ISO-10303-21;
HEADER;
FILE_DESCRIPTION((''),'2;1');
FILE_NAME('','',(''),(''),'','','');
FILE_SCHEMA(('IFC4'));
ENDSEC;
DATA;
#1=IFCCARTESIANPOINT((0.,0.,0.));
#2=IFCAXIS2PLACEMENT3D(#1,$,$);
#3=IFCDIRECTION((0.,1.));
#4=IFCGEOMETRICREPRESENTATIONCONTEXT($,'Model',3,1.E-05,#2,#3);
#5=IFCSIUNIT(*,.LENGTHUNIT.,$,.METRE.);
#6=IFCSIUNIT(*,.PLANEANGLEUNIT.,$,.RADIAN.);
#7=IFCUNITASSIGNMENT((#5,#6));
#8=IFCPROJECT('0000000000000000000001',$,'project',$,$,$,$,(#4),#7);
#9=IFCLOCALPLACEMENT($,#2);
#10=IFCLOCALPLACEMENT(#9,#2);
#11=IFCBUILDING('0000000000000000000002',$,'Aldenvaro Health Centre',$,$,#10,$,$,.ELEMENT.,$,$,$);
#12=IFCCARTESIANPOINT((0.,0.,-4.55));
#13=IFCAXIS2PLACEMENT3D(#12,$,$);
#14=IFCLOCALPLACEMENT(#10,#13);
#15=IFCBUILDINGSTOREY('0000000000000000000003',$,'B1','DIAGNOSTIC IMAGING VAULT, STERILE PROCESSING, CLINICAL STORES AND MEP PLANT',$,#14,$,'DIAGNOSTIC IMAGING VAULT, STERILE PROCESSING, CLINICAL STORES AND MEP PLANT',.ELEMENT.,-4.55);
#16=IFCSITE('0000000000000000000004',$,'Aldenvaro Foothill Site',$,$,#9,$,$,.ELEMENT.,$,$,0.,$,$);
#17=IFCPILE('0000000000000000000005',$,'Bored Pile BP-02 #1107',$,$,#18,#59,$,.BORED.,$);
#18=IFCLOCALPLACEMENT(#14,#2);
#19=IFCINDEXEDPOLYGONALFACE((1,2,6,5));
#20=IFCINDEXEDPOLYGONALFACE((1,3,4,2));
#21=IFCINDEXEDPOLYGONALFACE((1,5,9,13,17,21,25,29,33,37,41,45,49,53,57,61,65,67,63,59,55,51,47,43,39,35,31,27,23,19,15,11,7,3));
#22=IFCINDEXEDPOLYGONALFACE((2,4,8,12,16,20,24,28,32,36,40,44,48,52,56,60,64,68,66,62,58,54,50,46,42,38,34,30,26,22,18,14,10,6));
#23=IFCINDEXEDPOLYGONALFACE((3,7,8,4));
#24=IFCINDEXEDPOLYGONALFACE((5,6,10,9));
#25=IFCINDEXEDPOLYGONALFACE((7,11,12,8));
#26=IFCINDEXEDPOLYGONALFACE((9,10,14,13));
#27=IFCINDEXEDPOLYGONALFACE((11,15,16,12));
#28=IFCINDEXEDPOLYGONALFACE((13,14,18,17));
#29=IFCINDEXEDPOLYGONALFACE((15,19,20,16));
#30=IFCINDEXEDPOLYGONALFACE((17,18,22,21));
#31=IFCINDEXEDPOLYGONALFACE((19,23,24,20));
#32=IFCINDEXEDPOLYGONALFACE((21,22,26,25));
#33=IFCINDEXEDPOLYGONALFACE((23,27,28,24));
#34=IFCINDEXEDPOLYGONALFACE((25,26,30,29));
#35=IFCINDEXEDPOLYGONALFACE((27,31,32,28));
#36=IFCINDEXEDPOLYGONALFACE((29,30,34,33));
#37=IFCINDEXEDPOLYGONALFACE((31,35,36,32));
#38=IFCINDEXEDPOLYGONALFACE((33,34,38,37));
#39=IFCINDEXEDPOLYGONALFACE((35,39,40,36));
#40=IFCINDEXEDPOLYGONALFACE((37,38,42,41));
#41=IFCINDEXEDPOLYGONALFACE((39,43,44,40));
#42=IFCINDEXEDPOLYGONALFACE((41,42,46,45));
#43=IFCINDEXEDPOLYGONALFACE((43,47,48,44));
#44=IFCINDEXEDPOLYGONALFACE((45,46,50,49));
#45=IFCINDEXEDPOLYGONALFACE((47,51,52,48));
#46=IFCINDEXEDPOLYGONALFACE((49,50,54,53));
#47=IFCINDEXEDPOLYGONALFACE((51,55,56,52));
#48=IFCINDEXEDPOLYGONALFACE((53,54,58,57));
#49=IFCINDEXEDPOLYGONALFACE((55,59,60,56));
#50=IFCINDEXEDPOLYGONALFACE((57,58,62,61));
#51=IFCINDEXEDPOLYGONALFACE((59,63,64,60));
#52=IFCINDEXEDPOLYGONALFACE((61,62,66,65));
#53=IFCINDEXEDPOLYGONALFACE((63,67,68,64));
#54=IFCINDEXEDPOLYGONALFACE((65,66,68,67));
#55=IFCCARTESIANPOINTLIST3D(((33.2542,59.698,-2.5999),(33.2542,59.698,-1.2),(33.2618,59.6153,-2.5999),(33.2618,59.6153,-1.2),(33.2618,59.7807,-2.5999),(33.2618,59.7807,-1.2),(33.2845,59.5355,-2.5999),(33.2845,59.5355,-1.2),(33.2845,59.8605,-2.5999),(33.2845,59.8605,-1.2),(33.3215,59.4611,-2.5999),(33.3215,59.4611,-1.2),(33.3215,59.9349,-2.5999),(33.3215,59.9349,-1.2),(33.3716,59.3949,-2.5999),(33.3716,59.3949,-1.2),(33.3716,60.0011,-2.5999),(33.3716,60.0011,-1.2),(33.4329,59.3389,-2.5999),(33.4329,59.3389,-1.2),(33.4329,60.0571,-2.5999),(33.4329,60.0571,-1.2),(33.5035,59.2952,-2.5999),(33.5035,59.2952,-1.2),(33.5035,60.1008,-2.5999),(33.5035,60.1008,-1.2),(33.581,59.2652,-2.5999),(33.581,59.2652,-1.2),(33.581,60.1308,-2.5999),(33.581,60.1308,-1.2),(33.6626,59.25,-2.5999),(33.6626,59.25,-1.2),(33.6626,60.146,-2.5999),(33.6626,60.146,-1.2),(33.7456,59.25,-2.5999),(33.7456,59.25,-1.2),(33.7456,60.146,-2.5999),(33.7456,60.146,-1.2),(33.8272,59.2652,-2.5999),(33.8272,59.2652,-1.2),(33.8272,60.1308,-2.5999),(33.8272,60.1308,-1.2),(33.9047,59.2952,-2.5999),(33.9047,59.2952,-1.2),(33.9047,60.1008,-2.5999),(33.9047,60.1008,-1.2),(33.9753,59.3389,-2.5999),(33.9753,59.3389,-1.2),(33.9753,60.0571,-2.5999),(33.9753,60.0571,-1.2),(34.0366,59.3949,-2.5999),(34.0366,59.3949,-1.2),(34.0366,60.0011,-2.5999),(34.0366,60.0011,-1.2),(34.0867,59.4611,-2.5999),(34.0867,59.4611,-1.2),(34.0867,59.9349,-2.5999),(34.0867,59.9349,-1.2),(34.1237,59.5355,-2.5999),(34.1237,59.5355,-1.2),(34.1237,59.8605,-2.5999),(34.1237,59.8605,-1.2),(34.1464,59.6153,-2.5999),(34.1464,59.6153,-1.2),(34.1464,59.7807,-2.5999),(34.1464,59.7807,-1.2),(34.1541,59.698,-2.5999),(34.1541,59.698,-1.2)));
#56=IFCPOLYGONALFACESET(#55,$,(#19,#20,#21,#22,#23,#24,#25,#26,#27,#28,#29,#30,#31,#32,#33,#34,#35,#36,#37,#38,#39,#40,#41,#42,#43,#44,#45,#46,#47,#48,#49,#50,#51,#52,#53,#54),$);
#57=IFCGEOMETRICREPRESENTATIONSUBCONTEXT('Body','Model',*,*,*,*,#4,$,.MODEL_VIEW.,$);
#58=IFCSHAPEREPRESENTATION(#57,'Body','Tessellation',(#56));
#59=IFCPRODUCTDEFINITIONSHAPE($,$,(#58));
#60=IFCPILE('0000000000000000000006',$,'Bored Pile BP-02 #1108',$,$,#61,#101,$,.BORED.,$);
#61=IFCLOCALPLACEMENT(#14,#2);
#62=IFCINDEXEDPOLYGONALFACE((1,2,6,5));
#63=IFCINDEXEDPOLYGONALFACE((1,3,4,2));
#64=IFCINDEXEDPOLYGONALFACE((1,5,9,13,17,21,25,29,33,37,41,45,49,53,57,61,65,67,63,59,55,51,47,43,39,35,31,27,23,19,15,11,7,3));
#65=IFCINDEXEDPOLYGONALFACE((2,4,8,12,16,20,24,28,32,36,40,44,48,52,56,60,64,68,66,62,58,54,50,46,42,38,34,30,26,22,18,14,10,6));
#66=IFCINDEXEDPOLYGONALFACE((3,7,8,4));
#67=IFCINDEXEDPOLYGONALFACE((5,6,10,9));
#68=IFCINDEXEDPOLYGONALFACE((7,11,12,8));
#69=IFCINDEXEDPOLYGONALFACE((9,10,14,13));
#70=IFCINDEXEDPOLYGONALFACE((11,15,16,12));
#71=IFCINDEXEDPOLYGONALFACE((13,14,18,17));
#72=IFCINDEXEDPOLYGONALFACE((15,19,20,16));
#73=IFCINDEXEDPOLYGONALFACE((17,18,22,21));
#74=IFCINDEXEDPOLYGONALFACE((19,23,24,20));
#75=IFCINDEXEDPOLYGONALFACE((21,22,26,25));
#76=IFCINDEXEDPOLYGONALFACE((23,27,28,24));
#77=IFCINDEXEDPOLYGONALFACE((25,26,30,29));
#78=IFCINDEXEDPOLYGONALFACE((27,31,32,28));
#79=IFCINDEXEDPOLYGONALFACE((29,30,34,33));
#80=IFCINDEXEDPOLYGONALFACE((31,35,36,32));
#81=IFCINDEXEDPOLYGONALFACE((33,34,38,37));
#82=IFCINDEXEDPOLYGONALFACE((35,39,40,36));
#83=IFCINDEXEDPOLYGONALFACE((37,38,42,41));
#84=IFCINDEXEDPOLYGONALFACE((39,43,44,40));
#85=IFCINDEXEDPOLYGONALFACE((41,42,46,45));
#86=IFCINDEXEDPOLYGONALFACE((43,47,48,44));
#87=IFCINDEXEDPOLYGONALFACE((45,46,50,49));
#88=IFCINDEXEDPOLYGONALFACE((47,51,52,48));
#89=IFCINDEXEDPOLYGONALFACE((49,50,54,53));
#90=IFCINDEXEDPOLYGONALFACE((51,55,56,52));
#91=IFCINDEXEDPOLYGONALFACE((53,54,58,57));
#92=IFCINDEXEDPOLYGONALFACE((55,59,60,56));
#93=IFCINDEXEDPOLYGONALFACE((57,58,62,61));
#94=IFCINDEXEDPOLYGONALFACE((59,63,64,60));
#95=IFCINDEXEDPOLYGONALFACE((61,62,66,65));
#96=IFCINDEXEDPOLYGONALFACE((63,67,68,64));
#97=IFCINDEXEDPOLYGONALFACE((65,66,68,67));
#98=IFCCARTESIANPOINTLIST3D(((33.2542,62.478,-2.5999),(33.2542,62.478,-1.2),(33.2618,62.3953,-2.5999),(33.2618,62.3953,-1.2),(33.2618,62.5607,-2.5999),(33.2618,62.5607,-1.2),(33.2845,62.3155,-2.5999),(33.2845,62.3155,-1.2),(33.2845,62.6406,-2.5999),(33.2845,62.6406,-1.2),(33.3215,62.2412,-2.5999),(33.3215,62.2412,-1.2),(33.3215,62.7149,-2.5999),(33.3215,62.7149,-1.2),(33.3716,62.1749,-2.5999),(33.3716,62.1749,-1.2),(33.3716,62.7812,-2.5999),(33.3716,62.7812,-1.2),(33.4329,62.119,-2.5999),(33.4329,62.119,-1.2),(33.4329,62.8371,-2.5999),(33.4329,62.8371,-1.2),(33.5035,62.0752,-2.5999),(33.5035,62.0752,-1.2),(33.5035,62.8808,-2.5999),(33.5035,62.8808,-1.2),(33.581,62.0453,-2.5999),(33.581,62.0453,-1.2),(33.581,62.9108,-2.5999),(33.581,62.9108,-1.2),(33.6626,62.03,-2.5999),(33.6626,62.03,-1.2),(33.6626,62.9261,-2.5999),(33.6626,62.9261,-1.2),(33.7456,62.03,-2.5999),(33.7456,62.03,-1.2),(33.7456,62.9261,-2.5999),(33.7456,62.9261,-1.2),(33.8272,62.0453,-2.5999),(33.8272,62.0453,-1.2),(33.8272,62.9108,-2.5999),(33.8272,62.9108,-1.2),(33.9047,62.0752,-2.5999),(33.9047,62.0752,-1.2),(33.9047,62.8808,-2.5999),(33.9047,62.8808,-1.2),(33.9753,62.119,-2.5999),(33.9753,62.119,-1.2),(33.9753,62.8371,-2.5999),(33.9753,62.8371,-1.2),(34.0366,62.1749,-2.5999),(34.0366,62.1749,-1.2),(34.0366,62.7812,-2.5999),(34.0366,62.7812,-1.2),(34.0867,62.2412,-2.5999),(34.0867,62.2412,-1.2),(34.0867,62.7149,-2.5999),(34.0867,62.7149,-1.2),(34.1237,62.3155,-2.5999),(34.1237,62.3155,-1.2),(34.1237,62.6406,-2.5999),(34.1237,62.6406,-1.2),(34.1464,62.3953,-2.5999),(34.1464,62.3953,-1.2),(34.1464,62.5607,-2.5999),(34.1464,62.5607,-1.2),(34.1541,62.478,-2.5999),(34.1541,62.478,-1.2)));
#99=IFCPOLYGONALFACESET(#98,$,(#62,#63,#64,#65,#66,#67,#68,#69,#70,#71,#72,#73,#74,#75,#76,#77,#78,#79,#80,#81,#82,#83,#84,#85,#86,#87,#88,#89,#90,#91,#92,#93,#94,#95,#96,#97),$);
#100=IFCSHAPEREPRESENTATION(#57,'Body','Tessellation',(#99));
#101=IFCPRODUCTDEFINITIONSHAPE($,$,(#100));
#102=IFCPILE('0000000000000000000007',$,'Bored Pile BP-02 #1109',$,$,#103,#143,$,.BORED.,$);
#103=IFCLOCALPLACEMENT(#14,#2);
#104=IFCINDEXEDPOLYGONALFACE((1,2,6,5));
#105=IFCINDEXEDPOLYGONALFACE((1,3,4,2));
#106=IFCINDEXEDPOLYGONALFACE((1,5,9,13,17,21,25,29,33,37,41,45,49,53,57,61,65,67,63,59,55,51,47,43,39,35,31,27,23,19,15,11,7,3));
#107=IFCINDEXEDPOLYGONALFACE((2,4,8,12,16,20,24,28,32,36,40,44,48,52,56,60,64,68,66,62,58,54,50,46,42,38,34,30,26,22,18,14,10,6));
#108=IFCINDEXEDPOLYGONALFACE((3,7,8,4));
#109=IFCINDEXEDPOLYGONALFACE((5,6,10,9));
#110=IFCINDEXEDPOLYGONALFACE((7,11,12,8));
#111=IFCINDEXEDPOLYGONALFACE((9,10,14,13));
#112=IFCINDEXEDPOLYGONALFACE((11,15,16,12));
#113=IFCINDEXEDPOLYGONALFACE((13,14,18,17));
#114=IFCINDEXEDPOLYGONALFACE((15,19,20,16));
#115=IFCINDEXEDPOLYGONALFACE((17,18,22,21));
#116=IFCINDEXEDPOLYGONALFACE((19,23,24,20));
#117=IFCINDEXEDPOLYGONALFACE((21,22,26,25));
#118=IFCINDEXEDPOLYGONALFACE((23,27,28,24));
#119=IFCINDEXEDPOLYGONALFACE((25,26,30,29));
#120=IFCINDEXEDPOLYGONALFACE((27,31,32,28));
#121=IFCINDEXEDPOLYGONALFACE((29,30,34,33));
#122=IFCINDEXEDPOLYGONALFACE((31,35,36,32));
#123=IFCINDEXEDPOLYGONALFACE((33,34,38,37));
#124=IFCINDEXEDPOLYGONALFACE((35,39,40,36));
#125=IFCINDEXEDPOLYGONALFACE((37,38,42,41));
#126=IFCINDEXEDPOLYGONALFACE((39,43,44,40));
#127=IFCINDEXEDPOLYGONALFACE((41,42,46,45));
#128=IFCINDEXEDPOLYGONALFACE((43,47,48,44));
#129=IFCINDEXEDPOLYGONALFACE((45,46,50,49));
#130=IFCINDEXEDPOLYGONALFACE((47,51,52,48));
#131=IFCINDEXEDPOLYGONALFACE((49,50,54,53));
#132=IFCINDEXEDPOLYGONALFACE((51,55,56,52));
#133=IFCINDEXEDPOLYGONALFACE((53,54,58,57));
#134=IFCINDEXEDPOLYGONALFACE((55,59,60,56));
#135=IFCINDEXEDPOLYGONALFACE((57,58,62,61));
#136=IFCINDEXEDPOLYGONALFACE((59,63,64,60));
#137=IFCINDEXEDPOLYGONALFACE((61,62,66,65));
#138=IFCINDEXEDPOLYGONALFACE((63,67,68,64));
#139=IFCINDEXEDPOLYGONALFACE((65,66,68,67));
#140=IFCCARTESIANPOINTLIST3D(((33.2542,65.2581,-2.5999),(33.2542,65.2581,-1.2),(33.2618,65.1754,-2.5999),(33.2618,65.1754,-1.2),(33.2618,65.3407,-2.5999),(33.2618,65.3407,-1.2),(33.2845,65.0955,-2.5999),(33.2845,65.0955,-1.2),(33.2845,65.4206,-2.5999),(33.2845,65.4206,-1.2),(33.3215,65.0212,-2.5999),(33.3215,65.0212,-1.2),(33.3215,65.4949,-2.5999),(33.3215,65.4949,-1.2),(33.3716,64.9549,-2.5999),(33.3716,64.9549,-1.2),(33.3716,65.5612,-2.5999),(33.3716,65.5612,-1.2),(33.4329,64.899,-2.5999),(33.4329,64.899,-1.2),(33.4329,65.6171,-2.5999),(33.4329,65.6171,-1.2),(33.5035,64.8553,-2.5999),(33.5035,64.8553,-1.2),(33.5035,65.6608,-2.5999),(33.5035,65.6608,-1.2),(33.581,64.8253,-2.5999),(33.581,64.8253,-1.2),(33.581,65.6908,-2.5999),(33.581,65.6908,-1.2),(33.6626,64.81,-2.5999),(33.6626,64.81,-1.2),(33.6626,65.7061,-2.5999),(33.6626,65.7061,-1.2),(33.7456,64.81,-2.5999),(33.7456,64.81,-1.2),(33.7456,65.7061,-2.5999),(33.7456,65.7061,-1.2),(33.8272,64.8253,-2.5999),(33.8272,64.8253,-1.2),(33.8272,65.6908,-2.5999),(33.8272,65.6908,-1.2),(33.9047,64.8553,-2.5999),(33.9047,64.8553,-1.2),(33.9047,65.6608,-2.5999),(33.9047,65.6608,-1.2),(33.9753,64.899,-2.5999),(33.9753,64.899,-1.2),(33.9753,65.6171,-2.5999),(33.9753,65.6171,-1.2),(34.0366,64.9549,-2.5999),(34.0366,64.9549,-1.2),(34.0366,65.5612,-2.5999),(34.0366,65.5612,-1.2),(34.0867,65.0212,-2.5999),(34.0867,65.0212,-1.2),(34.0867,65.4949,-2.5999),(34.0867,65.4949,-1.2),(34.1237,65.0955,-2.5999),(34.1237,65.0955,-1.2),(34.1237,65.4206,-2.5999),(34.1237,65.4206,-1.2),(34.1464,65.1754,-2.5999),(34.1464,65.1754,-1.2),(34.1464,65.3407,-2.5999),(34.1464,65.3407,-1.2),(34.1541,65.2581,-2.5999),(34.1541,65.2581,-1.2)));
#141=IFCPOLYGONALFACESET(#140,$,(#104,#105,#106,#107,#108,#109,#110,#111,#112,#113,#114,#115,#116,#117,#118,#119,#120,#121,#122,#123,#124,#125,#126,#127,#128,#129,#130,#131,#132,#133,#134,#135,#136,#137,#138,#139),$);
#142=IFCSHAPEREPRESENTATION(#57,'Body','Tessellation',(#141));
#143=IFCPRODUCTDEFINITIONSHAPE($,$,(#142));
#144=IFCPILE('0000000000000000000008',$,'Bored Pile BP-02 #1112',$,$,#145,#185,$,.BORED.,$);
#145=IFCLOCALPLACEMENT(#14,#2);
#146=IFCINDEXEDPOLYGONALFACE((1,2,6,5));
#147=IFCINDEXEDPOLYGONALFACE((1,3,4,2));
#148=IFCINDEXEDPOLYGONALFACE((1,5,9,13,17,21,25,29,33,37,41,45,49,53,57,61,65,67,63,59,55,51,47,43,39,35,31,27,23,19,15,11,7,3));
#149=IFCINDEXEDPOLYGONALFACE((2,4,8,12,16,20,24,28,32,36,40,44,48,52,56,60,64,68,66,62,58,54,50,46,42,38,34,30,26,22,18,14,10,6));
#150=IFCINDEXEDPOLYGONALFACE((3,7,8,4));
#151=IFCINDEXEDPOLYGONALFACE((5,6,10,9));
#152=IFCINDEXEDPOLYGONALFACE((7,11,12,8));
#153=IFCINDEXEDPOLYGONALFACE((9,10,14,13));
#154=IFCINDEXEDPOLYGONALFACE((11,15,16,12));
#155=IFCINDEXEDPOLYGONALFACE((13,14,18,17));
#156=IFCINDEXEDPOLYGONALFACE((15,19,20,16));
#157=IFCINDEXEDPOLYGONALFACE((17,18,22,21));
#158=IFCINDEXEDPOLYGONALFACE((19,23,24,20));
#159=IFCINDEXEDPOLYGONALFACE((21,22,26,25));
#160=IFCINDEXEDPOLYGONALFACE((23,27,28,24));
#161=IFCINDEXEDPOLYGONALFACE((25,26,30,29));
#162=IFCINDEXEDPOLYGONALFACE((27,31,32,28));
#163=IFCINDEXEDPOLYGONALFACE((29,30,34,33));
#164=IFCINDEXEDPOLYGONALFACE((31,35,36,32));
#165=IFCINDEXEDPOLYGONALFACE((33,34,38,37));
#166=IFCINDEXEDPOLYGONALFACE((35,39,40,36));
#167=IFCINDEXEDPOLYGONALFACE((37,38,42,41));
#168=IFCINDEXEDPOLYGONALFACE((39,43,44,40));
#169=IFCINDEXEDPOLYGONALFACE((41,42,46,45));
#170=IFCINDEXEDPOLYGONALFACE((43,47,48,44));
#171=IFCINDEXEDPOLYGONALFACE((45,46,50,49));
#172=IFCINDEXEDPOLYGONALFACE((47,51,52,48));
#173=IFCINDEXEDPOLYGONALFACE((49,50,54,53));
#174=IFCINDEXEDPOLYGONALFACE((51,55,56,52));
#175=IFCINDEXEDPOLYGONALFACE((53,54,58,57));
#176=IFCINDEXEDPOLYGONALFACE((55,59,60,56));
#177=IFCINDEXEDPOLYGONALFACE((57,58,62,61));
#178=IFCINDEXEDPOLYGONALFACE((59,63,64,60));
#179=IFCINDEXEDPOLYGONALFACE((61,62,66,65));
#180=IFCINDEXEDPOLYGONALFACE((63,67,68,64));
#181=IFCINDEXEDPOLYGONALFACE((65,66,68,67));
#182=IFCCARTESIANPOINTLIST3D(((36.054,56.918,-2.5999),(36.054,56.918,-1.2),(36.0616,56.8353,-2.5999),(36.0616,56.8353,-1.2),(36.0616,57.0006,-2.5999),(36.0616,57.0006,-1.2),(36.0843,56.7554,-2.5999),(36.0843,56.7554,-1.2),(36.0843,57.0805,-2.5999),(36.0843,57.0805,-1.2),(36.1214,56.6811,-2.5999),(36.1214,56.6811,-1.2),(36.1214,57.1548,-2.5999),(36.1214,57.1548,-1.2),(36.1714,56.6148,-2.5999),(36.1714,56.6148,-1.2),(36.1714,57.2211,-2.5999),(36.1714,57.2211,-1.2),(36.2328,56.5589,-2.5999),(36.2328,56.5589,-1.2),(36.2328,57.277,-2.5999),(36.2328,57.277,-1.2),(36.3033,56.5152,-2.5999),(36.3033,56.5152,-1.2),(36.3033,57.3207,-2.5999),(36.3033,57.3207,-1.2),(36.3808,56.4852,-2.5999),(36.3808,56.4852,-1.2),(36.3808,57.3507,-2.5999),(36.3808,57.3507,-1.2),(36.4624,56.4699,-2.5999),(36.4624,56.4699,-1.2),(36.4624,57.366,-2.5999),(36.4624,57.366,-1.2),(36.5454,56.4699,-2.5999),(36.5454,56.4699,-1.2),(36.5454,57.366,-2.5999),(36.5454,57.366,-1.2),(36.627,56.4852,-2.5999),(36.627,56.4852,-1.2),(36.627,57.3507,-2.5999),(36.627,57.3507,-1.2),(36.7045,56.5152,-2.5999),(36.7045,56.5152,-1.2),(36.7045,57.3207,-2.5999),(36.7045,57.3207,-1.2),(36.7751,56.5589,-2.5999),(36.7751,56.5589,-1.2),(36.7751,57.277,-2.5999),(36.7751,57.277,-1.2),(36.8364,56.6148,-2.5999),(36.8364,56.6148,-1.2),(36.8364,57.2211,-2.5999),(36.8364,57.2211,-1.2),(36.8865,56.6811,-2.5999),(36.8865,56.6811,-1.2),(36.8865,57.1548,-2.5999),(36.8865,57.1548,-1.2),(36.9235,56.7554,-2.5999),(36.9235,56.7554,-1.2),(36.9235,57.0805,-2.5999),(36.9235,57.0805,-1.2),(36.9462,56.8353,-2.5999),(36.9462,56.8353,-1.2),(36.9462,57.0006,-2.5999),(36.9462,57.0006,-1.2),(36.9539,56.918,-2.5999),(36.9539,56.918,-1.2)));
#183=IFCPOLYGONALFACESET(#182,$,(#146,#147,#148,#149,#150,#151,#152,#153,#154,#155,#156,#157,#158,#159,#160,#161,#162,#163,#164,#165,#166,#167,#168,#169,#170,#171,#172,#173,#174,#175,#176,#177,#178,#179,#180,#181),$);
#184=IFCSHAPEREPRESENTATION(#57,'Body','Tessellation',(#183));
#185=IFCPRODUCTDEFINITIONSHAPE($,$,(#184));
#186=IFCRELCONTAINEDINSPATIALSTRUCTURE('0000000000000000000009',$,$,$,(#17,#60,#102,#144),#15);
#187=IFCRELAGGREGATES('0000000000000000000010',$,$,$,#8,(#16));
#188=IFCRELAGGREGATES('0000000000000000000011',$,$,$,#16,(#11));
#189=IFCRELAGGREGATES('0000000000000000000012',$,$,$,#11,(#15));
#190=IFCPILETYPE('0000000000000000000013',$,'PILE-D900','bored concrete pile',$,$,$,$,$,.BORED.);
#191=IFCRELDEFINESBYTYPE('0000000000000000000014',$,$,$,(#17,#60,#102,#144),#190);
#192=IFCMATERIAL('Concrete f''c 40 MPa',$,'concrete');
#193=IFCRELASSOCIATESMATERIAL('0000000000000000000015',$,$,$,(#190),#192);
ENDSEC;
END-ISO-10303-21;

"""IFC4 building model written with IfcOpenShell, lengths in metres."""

from ifc_helpers import new_model, si_unit, direction, frame, origin, origin_2d, place, context, subcontext, project, spatial, circle, extrude, material, material_profile, profile_set, type_object, element, save


model = new_model("IFC4")

# Units and contexts
model_context = context("Model", 3, precision=1e-05, world=origin(), true_north=direction((0.0, 1.0)))
body_context = subcontext(model_context, "Body", "Model", "MODEL_VIEW")
ifc_project = project(units=[si_unit("LENGTHUNIT", "METRE"), si_unit("PLANEANGLEUNIT", "RADIAN")], contexts=[model_context])

# Site, building, storey
site_placement = place(None, origin())
site = spatial("IfcSite", under=ifc_project, at=site_placement, Name="Aldenvaro Foothill Site", CompositionType="ELEMENT", RefElevation=0.0)
building_placement = place(site_placement, origin())
building = spatial("IfcBuilding", under=site, at=building_placement, Name="Aldenvaro Health Centre", CompositionType="ELEMENT")
storey_placement = place(building_placement, frame((0.0, 0.0, -4.55)))
storey = spatial("IfcBuildingStorey", under=building, at=storey_placement, Name="B1", Description="DIAGNOSTIC IMAGING VAULT, STERILE PROCESSING, CLINICAL STORES AND MEP PLANT", LongName="DIAGNOSTIC IMAGING VAULT, STERILE PROCESSING, CLINICAL STORES AND MEP PLANT", CompositionType="ELEMENT", Elevation=-4.55)

# Shared definitions
ifc_material_1 = material(Name="Concrete f'c 40 MPa", Category="concrete")

# Piles
ifc_material_profile_1 = material_profile(ifc_material_1, circle(Radius=0.45, at=origin_2d()), Name="PILE D900", Category="concrete")
ifc_profile_set_1 = profile_set([ifc_material_profile_1], Name="Concrete f'c 40 MPa")
pile_type_1 = type_object("IfcPileType", Name="PILE-D900", Description="bored concrete pile", PredefinedType="BORED", material=ifc_profile_set_1)
for number, where, z_axis, x_axis, name in (
    (1, (33.7041, 59.698, -1.2), (0.0, 0.0, -1.0), (1.0, 0.0, 0.0), "Bored Pile BP-02 #1107"),
    (2, (33.7041, 62.478, -1.2), (0.0, 0.0, -1.0), (1.0, 0.0, 0.0), "Bored Pile BP-02 #1108"),
    (3, (33.7041, 65.2581, -1.2), (0.0, 0.0, -1.0), (1.0, 0.0, 0.0), "Bored Pile BP-02 #1109"),
    (4, (36.5039, 56.918, -1.2), (0.0, 0.0, -1.0), (1.0, 0.0, 0.0), "Bored Pile BP-02 #1112"),
):
    element("IfcPile", number, at=place(storey_placement, frame(where, z_axis=z_axis, x_axis=x_axis)), inside=storey, type_object=pile_type_1, Name=name, PredefinedType="BORED", context=body_context, shape_type="SweptSolid", body=[
        extrude(circle(Radius=0.45, at=origin_2d()), origin(), (0.0, 0.0, 1.0), 1.3999),
    ])

save(model, "model.ifc")
